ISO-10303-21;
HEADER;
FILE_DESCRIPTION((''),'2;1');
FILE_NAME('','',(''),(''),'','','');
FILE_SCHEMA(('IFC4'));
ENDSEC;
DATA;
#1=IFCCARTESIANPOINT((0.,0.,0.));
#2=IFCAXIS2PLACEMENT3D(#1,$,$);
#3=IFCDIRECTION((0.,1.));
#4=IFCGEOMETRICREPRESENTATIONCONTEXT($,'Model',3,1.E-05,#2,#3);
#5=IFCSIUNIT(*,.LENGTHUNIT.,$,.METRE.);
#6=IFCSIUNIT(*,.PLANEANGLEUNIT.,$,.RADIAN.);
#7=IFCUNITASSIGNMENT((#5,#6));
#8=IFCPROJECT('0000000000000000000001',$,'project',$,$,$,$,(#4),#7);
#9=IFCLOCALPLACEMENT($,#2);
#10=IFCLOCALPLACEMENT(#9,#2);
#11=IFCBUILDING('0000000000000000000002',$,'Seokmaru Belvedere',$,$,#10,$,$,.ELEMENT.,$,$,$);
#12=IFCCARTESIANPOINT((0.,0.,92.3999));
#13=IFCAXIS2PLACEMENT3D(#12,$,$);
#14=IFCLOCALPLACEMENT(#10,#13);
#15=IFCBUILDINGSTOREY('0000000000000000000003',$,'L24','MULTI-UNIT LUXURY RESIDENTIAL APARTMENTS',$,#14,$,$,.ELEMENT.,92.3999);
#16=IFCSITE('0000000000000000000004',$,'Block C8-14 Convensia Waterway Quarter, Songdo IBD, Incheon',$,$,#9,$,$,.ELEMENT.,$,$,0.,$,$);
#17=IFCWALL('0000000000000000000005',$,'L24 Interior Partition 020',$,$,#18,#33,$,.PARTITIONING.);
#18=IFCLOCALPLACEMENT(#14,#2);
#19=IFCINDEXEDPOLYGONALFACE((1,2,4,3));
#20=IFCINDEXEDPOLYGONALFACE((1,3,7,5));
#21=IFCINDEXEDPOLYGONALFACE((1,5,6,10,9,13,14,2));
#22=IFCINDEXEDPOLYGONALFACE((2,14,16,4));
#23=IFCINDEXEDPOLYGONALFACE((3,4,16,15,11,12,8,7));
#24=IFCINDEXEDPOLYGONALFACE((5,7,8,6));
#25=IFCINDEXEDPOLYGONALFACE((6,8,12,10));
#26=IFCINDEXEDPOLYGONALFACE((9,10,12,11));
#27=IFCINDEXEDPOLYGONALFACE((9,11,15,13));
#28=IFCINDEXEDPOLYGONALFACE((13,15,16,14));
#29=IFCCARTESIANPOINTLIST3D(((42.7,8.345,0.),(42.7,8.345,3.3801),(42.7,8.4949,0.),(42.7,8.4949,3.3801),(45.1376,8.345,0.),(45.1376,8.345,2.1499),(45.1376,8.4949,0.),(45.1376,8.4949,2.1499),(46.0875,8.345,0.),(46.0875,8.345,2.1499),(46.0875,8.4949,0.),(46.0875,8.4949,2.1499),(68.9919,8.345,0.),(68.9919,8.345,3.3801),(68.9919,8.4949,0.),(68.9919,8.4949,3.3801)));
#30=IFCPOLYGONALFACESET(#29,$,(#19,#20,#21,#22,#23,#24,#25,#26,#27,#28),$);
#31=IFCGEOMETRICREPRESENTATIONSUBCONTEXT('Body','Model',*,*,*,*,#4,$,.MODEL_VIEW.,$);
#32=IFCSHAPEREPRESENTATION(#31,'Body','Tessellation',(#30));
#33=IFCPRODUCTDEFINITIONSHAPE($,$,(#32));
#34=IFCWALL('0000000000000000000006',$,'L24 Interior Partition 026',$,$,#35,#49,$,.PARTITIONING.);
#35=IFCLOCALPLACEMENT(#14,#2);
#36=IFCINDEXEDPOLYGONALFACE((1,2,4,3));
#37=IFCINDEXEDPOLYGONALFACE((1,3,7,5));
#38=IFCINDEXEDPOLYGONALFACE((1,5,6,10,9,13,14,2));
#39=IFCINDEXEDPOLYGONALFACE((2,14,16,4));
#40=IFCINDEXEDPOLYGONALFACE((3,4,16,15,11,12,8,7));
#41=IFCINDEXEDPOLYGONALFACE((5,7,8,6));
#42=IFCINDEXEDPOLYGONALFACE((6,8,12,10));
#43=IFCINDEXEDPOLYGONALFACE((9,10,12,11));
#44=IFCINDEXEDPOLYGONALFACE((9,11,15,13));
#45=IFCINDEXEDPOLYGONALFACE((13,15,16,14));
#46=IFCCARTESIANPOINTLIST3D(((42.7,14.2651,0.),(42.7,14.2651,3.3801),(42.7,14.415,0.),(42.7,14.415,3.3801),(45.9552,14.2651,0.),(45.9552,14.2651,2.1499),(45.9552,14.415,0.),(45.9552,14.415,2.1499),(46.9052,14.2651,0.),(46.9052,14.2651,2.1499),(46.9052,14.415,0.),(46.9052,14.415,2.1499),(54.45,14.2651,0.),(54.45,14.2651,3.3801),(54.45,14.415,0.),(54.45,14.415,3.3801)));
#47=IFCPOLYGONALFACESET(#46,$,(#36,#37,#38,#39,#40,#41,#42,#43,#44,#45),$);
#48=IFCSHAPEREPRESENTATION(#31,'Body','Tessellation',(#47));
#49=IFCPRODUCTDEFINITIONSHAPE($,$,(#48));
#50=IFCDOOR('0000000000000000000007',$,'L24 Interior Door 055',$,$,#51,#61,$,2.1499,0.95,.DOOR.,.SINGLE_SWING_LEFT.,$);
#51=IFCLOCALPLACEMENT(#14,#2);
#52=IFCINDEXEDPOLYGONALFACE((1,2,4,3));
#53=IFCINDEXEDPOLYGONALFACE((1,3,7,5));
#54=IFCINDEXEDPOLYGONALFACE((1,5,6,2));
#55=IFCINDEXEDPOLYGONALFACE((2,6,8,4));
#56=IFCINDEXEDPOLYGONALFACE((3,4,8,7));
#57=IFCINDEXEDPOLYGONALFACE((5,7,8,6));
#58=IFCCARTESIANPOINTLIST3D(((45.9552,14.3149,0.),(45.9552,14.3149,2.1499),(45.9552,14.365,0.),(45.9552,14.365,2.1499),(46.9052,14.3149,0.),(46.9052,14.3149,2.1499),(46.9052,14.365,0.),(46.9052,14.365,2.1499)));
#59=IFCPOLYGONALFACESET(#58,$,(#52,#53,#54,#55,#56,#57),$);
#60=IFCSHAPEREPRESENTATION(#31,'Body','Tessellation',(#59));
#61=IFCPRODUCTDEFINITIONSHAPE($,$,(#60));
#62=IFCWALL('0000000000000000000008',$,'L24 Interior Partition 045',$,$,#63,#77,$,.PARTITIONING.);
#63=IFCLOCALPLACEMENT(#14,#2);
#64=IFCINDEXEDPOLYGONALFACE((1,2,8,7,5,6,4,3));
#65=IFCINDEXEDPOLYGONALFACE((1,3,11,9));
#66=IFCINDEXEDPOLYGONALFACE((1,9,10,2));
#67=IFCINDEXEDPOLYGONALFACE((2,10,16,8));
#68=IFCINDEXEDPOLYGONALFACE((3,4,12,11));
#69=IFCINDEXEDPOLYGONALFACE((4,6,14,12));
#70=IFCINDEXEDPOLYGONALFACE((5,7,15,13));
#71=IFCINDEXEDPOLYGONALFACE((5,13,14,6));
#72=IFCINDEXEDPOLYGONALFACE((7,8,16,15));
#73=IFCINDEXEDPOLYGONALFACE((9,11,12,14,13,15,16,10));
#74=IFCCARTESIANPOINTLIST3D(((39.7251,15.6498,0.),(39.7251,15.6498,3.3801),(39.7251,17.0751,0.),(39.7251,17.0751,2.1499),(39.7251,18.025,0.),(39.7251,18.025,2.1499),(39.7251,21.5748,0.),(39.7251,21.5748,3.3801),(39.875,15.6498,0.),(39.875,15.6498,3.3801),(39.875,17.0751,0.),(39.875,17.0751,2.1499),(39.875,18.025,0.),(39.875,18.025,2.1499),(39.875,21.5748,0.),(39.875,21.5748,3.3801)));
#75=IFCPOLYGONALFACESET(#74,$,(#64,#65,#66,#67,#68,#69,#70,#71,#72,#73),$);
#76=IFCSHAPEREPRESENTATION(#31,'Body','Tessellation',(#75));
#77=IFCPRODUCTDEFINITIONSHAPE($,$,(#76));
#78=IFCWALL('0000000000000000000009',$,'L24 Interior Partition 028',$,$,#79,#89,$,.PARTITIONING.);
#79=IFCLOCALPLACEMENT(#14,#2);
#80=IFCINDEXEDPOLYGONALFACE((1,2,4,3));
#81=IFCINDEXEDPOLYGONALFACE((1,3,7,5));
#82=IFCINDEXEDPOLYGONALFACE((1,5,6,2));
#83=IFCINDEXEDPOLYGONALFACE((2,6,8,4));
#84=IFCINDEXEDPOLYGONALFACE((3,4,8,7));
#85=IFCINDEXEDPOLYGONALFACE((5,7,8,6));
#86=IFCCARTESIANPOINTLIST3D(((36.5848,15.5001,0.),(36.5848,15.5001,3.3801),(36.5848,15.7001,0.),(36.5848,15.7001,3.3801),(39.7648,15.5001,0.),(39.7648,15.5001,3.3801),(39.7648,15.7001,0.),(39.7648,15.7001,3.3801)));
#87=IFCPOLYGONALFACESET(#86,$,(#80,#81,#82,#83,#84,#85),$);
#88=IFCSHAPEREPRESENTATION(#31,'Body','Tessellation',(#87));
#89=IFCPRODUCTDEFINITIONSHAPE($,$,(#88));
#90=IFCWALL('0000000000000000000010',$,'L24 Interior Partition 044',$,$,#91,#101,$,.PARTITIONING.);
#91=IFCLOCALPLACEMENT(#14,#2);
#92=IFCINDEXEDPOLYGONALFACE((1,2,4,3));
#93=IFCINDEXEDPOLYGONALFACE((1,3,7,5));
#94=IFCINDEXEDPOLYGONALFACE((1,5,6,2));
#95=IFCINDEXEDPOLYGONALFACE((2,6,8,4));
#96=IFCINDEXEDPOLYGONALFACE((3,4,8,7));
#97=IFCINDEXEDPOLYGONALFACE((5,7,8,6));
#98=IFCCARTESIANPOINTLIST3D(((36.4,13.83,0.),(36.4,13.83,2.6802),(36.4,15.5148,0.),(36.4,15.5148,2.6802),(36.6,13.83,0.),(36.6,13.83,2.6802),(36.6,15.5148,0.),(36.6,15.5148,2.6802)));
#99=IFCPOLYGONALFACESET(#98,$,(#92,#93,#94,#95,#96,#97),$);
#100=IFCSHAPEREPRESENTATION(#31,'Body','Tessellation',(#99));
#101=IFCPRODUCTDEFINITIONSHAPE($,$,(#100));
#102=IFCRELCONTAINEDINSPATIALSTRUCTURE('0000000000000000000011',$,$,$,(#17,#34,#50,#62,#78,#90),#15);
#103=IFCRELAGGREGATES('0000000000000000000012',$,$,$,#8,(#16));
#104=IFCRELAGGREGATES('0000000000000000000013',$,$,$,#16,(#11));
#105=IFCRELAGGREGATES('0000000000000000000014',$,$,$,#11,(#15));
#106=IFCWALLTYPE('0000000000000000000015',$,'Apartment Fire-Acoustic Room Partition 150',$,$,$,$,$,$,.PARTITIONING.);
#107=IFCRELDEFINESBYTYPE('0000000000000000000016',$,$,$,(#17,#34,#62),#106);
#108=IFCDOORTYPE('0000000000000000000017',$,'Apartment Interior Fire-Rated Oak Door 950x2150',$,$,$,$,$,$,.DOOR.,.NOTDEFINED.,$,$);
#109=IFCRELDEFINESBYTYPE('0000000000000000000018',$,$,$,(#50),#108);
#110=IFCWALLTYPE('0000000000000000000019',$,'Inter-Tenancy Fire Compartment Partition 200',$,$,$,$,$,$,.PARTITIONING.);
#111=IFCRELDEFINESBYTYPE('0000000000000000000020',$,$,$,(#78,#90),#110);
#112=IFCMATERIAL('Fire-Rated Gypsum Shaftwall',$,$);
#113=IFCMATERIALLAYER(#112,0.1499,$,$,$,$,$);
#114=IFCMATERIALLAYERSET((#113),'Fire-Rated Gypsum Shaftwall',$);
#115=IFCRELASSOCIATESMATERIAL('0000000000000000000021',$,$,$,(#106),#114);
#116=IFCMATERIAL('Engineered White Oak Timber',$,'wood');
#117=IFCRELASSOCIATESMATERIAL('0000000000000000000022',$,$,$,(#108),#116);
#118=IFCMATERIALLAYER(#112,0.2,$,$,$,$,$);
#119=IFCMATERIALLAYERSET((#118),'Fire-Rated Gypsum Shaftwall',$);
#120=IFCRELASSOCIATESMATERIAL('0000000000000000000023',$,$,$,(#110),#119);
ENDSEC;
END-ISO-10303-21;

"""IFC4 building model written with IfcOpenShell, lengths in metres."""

from ifc_helpers import new_model, si_unit, direction, frame, frame_2d, origin, place, context, subcontext, project, spatial, rectangle, extrude, source, transform, mapped, material, layer, layer_set, type_object, type_shapes, element, fill, save


model = new_model("IFC4")

# Units and contexts
model_context = context("Model", 3, precision=1e-05, world=origin(), true_north=direction((0.0, 1.0)))
body_context = subcontext(model_context, "Body", "Model", "MODEL_VIEW")
ifc_project = project(units=[si_unit("LENGTHUNIT", "METRE"), si_unit("PLANEANGLEUNIT", "RADIAN")], contexts=[model_context])

# Site, building, storey
site_placement = place(None, origin())
site = spatial("IfcSite", under=ifc_project, at=site_placement, Name="Block C8-14 Convensia Waterway Quarter, Songdo IBD, Incheon", CompositionType="ELEMENT", RefElevation=0.0)
building_placement = place(site_placement, origin())
building = spatial("IfcBuilding", under=site, at=building_placement, Name="Seokmaru Belvedere", CompositionType="ELEMENT")
storey_placement = place(building_placement, frame((0.0, 0.0, 92.3999)))
storey = spatial("IfcBuildingStorey", under=building, at=storey_placement, Name="L24", Description="MULTI-UNIT LUXURY RESIDENTIAL APARTMENTS", CompositionType="ELEMENT", Elevation=92.3999)

# Wall, opening
ifc_material_1 = material(Name="Fire-Rated Gypsum Shaftwall")
ifc_layer_1 = layer(ifc_material_1, 0.1499)
ifc_layer_set_1 = layer_set([ifc_layer_1], Name="Fire-Rated Gypsum Shaftwall")
wall_type_1 = type_object("IfcWallType", Name="Apartment Fire-Acoustic Room Partition 150", PredefinedType="PARTITIONING", material=ifc_layer_set_1)
wall_1_placement = place(storey_placement, frame((42.7, 8.4199, 0.0), z_axis=(0.0, 0.0, 1.0), x_axis=(1.0, 0.0, 0.0)))
wall_1 = element("IfcWall", 1, at=wall_1_placement, inside=storey, type_object=wall_type_1, Name="L24 Interior Partition 020", PredefinedType="PARTITIONING", context=body_context, shape_type="SweptSolid", body=[
    extrude(rectangle(XDim=26.292, YDim=0.1499, at=frame_2d((13.146, 0.0))), origin(), (0.0, 0.0, 1.0), 3.3801),
])
opening_1_placement = place(wall_1_placement, frame((2.4375, 0.0, 0.0)))
element("IfcOpeningElement", 2, at=opening_1_placement, cuts=wall_1, PredefinedType="OPENING", context=body_context, shape_type="SweptSolid", body=[
    extrude(rectangle(XDim=0.95, YDim=2.1499, at=frame_2d((0.4751, 1.075))), frame((0.0, 0.085, 0.0), z_axis=(0.0, -1.0, 0.0), x_axis=(1.0, 0.0, 0.0)), (0.0, 0.0, 1.0), 0.1699),
])

# Wall, opening, door
wall_2_placement = place(storey_placement, frame((42.7, 14.3401, 0.0), z_axis=(0.0, 0.0, 1.0), x_axis=(1.0, 0.0, 0.0)))
wall_2 = element("IfcWall", 3, at=wall_2_placement, inside=storey, type_object=wall_type_1, Name="L24 Interior Partition 026", PredefinedType="PARTITIONING", context=body_context, shape_type="SweptSolid", body=[
    extrude(rectangle(XDim=11.75, YDim=0.1499, at=frame_2d((5.875, 0.0))), origin(), (0.0, 0.0, 1.0), 3.3801),
])
opening_2_placement = place(wall_2_placement, frame((3.2551, 0.0, 0.0)))
opening_2 = element("IfcOpeningElement", 4, at=opening_2_placement, cuts=wall_2, PredefinedType="OPENING", context=body_context, shape_type="SweptSolid", body=[
    extrude(rectangle(XDim=0.95, YDim=2.1499, at=frame_2d((0.4751, 1.075))), frame((0.0, 0.085, 0.0), z_axis=(0.0, -1.0, 0.0), x_axis=(1.0, 0.0, 0.0)), (0.0, 0.0, 1.0), 0.1699),
])
ifc_material_2 = material(Name="Engineered White Oak Timber", Category="wood")
door_type = type_object("IfcDoorType", Name="Apartment Interior Fire-Rated Oak Door 950x2150", OperationType="NOTDEFINED", PredefinedType="DOOR", material=ifc_material_2)
shared_shape_1 = source(origin(), body_context, "Body", "SweptSolid", [
    extrude(rectangle(XDim=0.95, YDim=2.1499, at=frame_2d((0.4751, 1.075))), frame((0.0, 0.0249, 0.0), z_axis=(0.0, -1.0, 0.0), x_axis=(1.0, 0.0, 0.0)), (0.0, 0.0, 1.0), 0.05),
])
type_shapes(door_type, [shared_shape_1])
door_placement = place(opening_2_placement, origin())
door = element("IfcDoor", 5, at=door_placement, inside=storey, type_object=door_type, Name="L24 Interior Door 055", OperationType="SINGLE_SWING_LEFT", OverallHeight=2.1499, OverallWidth=0.95, PredefinedType="DOOR", context=body_context, shape_type="MappedRepresentation", body=[
    mapped(shared_shape_1, transform((0.0, 0.0, 0.0), scale=1.0)),
])
fill(opening_2, door)

# Wall, opening
wall_3_placement = place(storey_placement, frame((39.8, 15.6499, 0.0), z_axis=(0.0, 0.0, 1.0), x_axis=(0.0, 1.0, 0.0)))
wall_3 = element("IfcWall", 6, at=wall_3_placement, inside=storey, type_object=wall_type_1, Name="L24 Interior Partition 045", PredefinedType="PARTITIONING", context=body_context, shape_type="SweptSolid", body=[
    extrude(rectangle(XDim=5.925, YDim=0.1499, at=frame_2d((2.9624, 0.0))), origin(), (0.0, 0.0, 1.0), 3.3801),
])
opening_3_placement = place(wall_3_placement, frame((1.425, 0.0, 0.0)))
element("IfcOpeningElement", 7, at=opening_3_placement, cuts=wall_3, PredefinedType="OPENING", context=body_context, shape_type="SweptSolid", body=[
    extrude(rectangle(XDim=0.95, YDim=2.1499, at=frame_2d((0.4751, 1.075))), frame((0.0, 0.085, 0.0), z_axis=(0.0, -1.0, 0.0), x_axis=(1.0, 0.0, 0.0)), (0.0, 0.0, 1.0), 0.1699),
])

# Walls
ifc_layer_2 = layer(ifc_material_1, 0.2)
ifc_layer_set_2 = layer_set([ifc_layer_2], Name="Fire-Rated Gypsum Shaftwall")
wall_type_2 = type_object("IfcWallType", Name="Inter-Tenancy Fire Compartment Partition 200", PredefinedType="PARTITIONING", material=ifc_layer_set_2)
wall_4_placement = place(storey_placement, frame((36.585, 15.6001, 0.0), z_axis=(0.0, 0.0, 1.0), x_axis=(1.0, 0.0, 0.0)))
element("IfcWall", 8, at=wall_4_placement, inside=storey, type_object=wall_type_2, Name="L24 Interior Partition 028", PredefinedType="PARTITIONING", context=body_context, shape_type="SweptSolid", body=[
    extrude(rectangle(XDim=3.1799, YDim=0.2, at=frame_2d((1.5898, 0.0))), origin(), (0.0, 0.0, 1.0), 3.3801),
])
wall_5_placement = place(storey_placement, frame((36.5, 13.8301, 0.0), z_axis=(0.0, 0.0, 1.0), x_axis=(0.0, 1.0, 0.0)))
element("IfcWall", 9, at=wall_5_placement, inside=storey, type_object=wall_type_2, Name="L24 Interior Partition 044", PredefinedType="PARTITIONING", context=body_context, shape_type="SweptSolid", body=[
    extrude(rectangle(XDim=1.6848, YDim=0.2, at=frame_2d((0.8423, 0.0))), origin(), (0.0, 0.0, 1.0), 2.6802),
])

save(model, "model.ifc")
